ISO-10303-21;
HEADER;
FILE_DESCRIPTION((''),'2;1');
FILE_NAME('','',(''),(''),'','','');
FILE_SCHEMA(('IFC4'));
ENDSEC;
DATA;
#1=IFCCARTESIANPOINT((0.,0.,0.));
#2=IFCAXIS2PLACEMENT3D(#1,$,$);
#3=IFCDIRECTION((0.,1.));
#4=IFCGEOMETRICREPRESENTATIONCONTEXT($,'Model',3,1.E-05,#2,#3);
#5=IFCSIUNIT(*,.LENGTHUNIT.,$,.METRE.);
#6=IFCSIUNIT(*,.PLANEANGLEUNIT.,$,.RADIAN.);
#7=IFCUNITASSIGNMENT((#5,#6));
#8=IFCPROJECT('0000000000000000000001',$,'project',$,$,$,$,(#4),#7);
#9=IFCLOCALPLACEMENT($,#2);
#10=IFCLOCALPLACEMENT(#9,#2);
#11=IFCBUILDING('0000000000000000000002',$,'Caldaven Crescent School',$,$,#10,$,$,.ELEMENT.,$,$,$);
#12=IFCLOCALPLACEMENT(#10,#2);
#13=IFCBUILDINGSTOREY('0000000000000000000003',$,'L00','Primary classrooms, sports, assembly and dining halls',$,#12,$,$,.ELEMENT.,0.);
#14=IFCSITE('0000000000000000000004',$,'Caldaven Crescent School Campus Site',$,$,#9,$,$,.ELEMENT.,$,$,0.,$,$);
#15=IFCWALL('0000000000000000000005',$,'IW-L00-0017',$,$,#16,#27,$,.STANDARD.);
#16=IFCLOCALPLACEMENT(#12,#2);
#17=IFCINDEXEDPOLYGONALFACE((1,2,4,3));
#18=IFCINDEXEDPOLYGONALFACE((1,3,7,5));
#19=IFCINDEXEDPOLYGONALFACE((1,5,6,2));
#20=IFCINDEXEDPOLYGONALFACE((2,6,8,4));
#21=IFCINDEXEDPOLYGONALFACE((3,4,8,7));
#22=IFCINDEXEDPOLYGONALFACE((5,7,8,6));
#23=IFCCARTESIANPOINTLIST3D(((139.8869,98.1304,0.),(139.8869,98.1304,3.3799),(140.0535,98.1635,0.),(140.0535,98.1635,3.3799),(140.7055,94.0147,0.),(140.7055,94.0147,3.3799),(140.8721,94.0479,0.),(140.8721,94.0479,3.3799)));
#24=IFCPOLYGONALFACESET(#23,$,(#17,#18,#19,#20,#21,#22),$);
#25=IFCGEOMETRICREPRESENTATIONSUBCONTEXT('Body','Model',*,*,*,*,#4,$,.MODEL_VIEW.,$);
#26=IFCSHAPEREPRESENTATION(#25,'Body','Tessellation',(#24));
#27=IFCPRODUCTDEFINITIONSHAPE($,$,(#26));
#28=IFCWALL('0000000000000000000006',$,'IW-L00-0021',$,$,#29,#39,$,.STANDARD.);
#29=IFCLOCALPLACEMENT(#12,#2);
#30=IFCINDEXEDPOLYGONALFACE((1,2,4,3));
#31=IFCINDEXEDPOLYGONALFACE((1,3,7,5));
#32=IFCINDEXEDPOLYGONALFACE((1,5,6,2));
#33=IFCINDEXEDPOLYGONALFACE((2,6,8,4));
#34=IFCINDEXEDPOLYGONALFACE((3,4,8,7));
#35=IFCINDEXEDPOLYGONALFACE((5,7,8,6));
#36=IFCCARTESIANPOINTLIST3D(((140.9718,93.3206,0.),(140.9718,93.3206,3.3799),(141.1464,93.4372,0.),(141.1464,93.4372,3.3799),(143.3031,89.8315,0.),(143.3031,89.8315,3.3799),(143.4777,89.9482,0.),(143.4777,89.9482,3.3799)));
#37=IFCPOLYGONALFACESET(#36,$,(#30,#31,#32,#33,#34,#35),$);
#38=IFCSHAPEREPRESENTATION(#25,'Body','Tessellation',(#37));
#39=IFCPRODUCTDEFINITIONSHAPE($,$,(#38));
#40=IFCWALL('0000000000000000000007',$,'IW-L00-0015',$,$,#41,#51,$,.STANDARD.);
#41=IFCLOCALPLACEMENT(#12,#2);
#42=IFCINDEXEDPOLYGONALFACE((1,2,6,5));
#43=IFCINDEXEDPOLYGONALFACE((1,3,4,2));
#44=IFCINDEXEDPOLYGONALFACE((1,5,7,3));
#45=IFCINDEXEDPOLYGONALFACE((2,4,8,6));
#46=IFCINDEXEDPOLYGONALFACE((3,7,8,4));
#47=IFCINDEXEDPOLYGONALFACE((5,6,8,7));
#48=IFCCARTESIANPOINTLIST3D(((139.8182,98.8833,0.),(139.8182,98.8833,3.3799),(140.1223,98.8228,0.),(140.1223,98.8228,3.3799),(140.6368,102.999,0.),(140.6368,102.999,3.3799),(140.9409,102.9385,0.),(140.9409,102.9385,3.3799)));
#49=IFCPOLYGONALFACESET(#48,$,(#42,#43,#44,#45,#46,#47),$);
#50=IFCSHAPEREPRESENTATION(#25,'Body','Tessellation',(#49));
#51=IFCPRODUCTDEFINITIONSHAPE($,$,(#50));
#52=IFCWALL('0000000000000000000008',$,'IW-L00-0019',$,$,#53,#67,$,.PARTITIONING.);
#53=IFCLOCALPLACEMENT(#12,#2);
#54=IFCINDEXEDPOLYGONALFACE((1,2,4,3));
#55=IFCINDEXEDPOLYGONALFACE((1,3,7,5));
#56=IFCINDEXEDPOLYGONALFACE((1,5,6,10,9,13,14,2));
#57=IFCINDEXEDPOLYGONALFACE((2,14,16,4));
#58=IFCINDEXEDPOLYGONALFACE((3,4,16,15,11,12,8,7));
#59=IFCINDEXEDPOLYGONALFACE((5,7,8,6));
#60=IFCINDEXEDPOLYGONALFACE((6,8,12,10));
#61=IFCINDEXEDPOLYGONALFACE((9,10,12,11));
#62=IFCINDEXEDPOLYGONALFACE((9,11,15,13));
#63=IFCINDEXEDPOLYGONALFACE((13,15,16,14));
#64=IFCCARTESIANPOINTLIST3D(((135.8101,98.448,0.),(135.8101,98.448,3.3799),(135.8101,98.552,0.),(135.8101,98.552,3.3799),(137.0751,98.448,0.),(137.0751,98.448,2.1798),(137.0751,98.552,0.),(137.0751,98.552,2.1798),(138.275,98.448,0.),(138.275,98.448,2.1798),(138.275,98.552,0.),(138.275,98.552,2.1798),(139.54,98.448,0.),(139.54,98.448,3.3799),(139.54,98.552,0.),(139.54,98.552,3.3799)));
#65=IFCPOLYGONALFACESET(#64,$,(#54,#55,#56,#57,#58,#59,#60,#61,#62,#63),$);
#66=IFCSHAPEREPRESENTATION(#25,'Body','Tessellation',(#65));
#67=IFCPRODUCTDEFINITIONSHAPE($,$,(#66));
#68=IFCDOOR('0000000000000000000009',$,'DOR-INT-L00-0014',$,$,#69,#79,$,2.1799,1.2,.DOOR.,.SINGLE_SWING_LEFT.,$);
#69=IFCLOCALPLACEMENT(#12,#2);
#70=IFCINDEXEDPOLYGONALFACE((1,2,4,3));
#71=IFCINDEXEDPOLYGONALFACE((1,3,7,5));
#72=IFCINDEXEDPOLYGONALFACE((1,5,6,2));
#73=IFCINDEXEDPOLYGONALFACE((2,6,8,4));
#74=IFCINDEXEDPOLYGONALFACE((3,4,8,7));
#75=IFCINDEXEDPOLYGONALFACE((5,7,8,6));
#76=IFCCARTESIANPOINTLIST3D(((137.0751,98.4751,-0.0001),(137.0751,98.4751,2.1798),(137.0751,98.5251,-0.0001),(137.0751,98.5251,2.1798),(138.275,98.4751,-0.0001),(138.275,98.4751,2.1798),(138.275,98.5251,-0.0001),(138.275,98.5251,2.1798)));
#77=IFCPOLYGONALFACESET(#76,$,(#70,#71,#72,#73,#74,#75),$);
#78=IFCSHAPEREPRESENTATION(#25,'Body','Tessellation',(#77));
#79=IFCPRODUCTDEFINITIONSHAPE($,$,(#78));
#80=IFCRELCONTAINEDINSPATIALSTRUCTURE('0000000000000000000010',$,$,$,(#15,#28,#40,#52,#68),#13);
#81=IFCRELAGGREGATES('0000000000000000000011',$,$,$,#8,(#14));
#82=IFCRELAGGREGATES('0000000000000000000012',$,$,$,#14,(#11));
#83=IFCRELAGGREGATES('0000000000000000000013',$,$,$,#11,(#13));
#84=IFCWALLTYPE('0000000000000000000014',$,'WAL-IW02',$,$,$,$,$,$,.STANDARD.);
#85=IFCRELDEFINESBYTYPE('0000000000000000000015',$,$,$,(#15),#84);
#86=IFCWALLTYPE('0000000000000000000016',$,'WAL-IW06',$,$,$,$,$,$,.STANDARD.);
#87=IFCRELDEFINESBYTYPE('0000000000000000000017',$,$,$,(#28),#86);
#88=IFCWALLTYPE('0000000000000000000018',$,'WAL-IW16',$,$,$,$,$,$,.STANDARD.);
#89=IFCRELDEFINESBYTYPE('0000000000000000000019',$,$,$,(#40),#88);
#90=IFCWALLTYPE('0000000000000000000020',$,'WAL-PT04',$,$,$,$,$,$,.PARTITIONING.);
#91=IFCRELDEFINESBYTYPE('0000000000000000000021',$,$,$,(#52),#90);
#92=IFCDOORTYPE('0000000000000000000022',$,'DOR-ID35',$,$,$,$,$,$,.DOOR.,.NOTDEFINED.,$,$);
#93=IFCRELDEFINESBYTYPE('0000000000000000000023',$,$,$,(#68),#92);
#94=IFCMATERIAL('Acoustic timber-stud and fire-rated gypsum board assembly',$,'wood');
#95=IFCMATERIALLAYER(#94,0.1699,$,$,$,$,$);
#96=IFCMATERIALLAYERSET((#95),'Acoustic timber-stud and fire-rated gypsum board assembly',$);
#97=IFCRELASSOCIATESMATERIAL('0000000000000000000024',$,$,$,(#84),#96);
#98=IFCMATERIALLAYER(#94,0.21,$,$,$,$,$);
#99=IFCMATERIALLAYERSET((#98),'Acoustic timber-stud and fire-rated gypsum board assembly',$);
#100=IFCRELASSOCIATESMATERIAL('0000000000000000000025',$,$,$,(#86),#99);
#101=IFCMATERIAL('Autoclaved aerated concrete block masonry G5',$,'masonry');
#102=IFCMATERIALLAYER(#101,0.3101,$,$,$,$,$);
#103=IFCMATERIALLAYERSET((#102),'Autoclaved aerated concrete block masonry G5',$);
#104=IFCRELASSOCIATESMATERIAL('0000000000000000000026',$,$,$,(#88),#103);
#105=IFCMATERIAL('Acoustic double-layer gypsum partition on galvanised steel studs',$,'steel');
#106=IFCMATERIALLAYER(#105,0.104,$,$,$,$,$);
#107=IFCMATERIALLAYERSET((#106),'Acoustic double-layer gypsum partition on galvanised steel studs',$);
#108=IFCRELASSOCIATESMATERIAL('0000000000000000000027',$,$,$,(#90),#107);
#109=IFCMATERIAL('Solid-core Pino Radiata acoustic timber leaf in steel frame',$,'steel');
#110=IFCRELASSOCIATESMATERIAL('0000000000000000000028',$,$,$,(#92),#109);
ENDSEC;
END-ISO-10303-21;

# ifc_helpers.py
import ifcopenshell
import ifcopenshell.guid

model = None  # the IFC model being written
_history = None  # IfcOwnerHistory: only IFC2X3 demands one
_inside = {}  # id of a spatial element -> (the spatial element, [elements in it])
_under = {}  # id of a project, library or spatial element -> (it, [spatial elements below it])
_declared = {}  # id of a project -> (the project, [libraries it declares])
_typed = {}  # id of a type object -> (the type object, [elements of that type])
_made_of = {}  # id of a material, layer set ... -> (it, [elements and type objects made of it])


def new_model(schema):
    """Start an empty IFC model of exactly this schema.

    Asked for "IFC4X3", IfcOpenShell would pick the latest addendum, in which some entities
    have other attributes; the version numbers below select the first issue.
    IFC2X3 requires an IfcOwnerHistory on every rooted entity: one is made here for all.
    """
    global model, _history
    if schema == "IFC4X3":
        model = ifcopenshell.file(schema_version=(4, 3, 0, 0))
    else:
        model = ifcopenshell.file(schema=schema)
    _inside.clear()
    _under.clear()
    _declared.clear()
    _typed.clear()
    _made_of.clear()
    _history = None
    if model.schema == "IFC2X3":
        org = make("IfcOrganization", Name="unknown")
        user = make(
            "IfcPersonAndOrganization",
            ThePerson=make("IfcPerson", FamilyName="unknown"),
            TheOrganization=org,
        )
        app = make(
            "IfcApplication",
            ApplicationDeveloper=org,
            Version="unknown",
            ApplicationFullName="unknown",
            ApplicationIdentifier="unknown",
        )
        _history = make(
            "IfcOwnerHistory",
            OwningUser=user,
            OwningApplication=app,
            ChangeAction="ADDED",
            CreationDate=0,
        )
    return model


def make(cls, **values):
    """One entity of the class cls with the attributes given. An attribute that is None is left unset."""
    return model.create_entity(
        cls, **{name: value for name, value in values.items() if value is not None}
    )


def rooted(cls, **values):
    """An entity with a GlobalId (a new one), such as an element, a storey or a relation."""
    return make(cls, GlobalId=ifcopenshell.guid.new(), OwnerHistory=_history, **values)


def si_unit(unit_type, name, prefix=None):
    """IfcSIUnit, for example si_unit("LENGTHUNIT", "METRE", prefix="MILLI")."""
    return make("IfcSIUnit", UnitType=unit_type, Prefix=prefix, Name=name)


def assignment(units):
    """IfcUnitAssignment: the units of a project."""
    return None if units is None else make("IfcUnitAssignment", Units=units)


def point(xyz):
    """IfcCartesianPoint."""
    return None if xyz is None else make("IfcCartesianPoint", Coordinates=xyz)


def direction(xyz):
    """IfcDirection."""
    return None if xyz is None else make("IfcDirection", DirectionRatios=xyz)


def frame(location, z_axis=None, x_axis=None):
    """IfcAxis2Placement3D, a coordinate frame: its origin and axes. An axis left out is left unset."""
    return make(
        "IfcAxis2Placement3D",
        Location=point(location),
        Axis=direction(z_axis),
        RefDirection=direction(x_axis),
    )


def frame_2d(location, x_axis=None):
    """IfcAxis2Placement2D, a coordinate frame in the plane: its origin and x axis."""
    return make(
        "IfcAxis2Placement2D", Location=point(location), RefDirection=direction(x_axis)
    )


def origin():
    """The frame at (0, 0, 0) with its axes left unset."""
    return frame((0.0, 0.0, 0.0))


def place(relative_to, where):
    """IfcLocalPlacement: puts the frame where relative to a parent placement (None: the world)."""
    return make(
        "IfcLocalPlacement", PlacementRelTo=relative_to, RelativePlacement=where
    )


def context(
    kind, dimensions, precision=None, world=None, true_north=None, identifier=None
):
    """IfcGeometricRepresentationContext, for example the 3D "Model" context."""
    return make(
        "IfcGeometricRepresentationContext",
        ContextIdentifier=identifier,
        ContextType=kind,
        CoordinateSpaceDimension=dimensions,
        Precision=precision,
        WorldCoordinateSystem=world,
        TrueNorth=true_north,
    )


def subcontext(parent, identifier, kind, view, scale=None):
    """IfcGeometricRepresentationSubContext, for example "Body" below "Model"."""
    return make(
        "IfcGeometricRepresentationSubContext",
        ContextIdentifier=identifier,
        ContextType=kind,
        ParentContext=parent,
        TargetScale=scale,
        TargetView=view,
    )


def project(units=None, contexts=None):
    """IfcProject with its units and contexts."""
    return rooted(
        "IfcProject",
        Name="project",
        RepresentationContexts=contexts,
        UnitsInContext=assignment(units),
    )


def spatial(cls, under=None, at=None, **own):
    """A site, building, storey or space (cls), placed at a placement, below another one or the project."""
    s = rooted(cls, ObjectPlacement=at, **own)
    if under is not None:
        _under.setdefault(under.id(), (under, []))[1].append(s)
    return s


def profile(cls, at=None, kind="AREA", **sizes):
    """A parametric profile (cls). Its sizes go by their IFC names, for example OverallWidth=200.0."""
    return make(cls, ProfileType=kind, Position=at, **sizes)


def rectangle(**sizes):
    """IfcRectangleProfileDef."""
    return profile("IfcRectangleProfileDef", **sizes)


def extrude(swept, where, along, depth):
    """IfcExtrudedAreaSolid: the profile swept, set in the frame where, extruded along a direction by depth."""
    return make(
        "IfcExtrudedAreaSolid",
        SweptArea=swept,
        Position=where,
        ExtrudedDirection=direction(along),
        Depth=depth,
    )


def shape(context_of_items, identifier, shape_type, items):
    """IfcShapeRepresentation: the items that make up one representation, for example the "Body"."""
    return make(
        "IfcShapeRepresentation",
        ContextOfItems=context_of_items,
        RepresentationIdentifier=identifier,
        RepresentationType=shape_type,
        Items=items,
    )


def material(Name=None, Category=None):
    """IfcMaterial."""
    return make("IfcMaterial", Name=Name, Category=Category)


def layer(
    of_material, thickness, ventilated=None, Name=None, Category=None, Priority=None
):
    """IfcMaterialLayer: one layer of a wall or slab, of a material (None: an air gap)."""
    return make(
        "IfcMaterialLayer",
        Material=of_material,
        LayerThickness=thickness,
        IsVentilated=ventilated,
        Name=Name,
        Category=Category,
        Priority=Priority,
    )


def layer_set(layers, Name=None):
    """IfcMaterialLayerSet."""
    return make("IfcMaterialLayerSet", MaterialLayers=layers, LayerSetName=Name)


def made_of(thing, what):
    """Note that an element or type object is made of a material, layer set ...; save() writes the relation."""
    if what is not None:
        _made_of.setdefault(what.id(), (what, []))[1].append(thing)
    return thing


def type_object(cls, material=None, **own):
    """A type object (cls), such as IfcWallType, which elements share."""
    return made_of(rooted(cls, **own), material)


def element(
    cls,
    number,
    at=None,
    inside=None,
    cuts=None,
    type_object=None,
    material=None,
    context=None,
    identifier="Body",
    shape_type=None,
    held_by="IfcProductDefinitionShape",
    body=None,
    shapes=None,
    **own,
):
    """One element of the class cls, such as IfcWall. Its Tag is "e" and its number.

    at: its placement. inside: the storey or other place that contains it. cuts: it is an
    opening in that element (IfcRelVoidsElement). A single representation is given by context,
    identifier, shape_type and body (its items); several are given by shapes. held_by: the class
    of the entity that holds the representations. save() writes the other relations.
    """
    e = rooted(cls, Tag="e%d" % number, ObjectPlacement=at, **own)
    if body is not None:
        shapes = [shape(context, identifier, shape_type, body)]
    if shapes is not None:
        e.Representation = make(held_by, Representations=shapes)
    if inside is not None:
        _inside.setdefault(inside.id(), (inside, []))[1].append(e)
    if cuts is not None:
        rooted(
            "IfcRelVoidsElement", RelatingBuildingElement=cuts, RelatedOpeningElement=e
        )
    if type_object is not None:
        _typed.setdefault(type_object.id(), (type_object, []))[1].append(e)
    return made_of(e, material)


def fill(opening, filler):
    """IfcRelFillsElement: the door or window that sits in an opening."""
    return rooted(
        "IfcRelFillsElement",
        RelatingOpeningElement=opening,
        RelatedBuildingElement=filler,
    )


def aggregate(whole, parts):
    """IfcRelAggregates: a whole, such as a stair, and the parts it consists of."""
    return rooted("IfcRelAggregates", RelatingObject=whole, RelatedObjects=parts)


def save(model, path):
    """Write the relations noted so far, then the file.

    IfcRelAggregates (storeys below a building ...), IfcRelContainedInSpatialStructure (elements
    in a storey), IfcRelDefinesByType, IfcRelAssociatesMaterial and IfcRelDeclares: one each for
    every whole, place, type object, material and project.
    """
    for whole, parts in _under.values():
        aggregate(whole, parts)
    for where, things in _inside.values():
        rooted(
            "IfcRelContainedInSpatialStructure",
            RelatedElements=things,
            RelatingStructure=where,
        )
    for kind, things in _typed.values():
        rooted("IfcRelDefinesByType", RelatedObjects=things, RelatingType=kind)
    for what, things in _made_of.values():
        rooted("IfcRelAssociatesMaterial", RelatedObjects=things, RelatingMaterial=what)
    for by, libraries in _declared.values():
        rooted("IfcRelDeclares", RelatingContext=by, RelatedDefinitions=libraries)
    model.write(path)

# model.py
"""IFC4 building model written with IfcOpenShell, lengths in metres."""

from ifc_helpers import new_model, si_unit, direction, frame, frame_2d, origin, place, context, subcontext, project, spatial, rectangle, extrude, material, layer, layer_set, type_object, element, fill, save


model = new_model("IFC4")

# Units and contexts
model_context = context("Model", 3, precision=1e-05, world=origin(), true_north=direction((0.0, 1.0)))
body_context = subcontext(model_context, "Body", "Model", "MODEL_VIEW")
ifc_project = project(units=[si_unit("LENGTHUNIT", "METRE"), si_unit("PLANEANGLEUNIT", "RADIAN")], contexts=[model_context])

# Site, building, storey
site_placement = place(None, origin())
site = spatial("IfcSite", under=ifc_project, at=site_placement, Name="Caldaven Crescent School Campus Site", CompositionType="ELEMENT", RefElevation=0.0)
building_placement = place(site_placement, origin())
building = spatial("IfcBuilding", under=site, at=building_placement, Name="Caldaven Crescent School", CompositionType="ELEMENT")
storey_placement = place(building_placement, origin())
storey = spatial("IfcBuildingStorey", under=building, at=storey_placement, Name="L00", Description="Primary classrooms, sports, assembly and dining halls", CompositionType="ELEMENT", Elevation=0.0)

# Walls
ifc_material_1 = material(Name="Acoustic timber-stud and fire-rated gypsum board assembly", Category="wood")
ifc_layer_1 = layer(ifc_material_1, 0.1699)
ifc_layer_set_1 = layer_set([ifc_layer_1], Name="Acoustic timber-stud and fire-rated gypsum board assembly")
wall_type_1 = type_object("IfcWallType", Name="WAL-IW02", PredefinedType="STANDARD", material=ifc_layer_set_1)
wall_1_placement = place(storey_placement, frame((139.9702, 98.147, 0.0), z_axis=(0.0, 0.0, 1.0), x_axis=(0.195076, -0.980788, 0.0)))
element("IfcWall", 1, at=wall_1_placement, inside=storey, type_object=wall_type_1, Name="IW-L00-0017", PredefinedType="STANDARD", context=body_context, shape_type="SweptSolid", body=[
    extrude(rectangle(XDim=4.1963, YDim=0.1699, at=frame_2d((2.0981, 0.0))), origin(), (0.0, 0.0, 1.0), 3.3799),
])
ifc_layer_2 = layer(ifc_material_1, 0.21)
ifc_layer_set_2 = layer_set([ifc_layer_2], Name="Acoustic timber-stud and fire-rated gypsum board assembly")
wall_type_2 = type_object("IfcWallType", Name="WAL-IW06", PredefinedType="STANDARD", material=ifc_layer_set_2)
wall_2_placement = place(storey_placement, frame((141.0591, 93.3789, 0.0), z_axis=(0.0, 0.0, 1.0), x_axis=(0.555573, -0.831468, 0.0)))
element("IfcWall", 2, at=wall_2_placement, inside=storey, type_object=wall_type_2, Name="IW-L00-0021", PredefinedType="STANDARD", context=body_context, shape_type="SweptSolid", body=[
    extrude(rectangle(XDim=4.1963, YDim=0.21, at=frame_2d((2.0981, 0.0))), origin(), (0.0, 0.0, 1.0), 3.3799),
])
ifc_material_2 = material(Name="Autoclaved aerated concrete block masonry G5", Category="masonry")
ifc_layer_3 = layer(ifc_material_2, 0.3101)
ifc_layer_set_3 = layer_set([ifc_layer_3], Name="Autoclaved aerated concrete block masonry G5")
wall_type_3 = type_object("IfcWallType", Name="WAL-IW16", PredefinedType="STANDARD", material=ifc_layer_set_3)
wall_3_placement = place(storey_placement, frame((140.7888, 102.9688, 0.0), z_axis=(0.0, 0.0, 1.0), x_axis=(-0.195076, -0.980788, 0.0)))
element("IfcWall", 3, at=wall_3_placement, inside=storey, type_object=wall_type_3, Name="IW-L00-0015", PredefinedType="STANDARD", context=body_context, shape_type="SweptSolid", body=[
    extrude(rectangle(XDim=4.1963, YDim=0.3101, at=frame_2d((2.0981, 0.0))), origin(), (0.0, 0.0, 1.0), 3.3799),
])

# Wall, opening, door
ifc_material_3 = material(Name="Acoustic double-layer gypsum partition on galvanised steel studs", Category="steel")
ifc_layer_4 = layer(ifc_material_3, 0.104)
ifc_layer_set_4 = layer_set([ifc_layer_4], Name="Acoustic double-layer gypsum partition on galvanised steel studs")
wall_type_4 = type_object("IfcWallType", Name="WAL-PT04", PredefinedType="PARTITIONING", material=ifc_layer_set_4)
wall_4_placement = place(storey_placement, frame((139.54, 98.5, 0.0), z_axis=(0.0, 0.0, 1.0), x_axis=(-1.0, 0.0, 0.0)))
wall_4 = element("IfcWall", 4, at=wall_4_placement, inside=storey, type_object=wall_type_4, Name="IW-L00-0019", PredefinedType="PARTITIONING", context=body_context, shape_type="SweptSolid", body=[
    extrude(rectangle(XDim=3.73, YDim=0.104, at=frame_2d((1.865, 0.0))), origin(), (0.0, 0.0, 1.0), 3.3799),
])
opening_placement = place(wall_4_placement, frame((1.2649, 0.0, 0.0)))
opening = element("IfcOpeningElement", 5, at=opening_placement, cuts=wall_4, PredefinedType="OPENING", context=body_context, shape_type="SweptSolid", body=[
    extrude(rectangle(XDim=1.2, YDim=2.1799, at=frame_2d((0.6001, 1.0898))), frame((0.0, 0.062, 0.0), z_axis=(0.0, -1.0, 0.0), x_axis=(1.0, 0.0, 0.0)), (0.0, 0.0, 1.0), 0.124),
])
ifc_material_4 = material(Name="Solid-core Pino Radiata acoustic timber leaf in steel frame", Category="steel")
door_type = type_object("IfcDoorType", Name="DOR-ID35", OperationType="NOTDEFINED", PredefinedType="DOOR", material=ifc_material_4)
door_placement = place(opening_placement, origin())
door = element("IfcDoor", 6, at=door_placement, inside=storey, type_object=door_type, Name="DOR-INT-L00-0014", OperationType="SINGLE_SWING_LEFT", OverallHeight=2.1799, OverallWidth=1.2, PredefinedType="DOOR", context=body_context, shape_type="SweptSolid", body=[
    extrude(rectangle(XDim=1.2, YDim=2.1799, at=frame_2d((0.6001, 1.0898))), frame((0.0, 0.0249, 0.0), z_axis=(0.0, -1.0, 0.0), x_axis=(1.0, 0.0, 0.0)), (0.0, 0.0, 1.0), 0.05),
])
fill(opening, door)

save(model, "model.ifc")
